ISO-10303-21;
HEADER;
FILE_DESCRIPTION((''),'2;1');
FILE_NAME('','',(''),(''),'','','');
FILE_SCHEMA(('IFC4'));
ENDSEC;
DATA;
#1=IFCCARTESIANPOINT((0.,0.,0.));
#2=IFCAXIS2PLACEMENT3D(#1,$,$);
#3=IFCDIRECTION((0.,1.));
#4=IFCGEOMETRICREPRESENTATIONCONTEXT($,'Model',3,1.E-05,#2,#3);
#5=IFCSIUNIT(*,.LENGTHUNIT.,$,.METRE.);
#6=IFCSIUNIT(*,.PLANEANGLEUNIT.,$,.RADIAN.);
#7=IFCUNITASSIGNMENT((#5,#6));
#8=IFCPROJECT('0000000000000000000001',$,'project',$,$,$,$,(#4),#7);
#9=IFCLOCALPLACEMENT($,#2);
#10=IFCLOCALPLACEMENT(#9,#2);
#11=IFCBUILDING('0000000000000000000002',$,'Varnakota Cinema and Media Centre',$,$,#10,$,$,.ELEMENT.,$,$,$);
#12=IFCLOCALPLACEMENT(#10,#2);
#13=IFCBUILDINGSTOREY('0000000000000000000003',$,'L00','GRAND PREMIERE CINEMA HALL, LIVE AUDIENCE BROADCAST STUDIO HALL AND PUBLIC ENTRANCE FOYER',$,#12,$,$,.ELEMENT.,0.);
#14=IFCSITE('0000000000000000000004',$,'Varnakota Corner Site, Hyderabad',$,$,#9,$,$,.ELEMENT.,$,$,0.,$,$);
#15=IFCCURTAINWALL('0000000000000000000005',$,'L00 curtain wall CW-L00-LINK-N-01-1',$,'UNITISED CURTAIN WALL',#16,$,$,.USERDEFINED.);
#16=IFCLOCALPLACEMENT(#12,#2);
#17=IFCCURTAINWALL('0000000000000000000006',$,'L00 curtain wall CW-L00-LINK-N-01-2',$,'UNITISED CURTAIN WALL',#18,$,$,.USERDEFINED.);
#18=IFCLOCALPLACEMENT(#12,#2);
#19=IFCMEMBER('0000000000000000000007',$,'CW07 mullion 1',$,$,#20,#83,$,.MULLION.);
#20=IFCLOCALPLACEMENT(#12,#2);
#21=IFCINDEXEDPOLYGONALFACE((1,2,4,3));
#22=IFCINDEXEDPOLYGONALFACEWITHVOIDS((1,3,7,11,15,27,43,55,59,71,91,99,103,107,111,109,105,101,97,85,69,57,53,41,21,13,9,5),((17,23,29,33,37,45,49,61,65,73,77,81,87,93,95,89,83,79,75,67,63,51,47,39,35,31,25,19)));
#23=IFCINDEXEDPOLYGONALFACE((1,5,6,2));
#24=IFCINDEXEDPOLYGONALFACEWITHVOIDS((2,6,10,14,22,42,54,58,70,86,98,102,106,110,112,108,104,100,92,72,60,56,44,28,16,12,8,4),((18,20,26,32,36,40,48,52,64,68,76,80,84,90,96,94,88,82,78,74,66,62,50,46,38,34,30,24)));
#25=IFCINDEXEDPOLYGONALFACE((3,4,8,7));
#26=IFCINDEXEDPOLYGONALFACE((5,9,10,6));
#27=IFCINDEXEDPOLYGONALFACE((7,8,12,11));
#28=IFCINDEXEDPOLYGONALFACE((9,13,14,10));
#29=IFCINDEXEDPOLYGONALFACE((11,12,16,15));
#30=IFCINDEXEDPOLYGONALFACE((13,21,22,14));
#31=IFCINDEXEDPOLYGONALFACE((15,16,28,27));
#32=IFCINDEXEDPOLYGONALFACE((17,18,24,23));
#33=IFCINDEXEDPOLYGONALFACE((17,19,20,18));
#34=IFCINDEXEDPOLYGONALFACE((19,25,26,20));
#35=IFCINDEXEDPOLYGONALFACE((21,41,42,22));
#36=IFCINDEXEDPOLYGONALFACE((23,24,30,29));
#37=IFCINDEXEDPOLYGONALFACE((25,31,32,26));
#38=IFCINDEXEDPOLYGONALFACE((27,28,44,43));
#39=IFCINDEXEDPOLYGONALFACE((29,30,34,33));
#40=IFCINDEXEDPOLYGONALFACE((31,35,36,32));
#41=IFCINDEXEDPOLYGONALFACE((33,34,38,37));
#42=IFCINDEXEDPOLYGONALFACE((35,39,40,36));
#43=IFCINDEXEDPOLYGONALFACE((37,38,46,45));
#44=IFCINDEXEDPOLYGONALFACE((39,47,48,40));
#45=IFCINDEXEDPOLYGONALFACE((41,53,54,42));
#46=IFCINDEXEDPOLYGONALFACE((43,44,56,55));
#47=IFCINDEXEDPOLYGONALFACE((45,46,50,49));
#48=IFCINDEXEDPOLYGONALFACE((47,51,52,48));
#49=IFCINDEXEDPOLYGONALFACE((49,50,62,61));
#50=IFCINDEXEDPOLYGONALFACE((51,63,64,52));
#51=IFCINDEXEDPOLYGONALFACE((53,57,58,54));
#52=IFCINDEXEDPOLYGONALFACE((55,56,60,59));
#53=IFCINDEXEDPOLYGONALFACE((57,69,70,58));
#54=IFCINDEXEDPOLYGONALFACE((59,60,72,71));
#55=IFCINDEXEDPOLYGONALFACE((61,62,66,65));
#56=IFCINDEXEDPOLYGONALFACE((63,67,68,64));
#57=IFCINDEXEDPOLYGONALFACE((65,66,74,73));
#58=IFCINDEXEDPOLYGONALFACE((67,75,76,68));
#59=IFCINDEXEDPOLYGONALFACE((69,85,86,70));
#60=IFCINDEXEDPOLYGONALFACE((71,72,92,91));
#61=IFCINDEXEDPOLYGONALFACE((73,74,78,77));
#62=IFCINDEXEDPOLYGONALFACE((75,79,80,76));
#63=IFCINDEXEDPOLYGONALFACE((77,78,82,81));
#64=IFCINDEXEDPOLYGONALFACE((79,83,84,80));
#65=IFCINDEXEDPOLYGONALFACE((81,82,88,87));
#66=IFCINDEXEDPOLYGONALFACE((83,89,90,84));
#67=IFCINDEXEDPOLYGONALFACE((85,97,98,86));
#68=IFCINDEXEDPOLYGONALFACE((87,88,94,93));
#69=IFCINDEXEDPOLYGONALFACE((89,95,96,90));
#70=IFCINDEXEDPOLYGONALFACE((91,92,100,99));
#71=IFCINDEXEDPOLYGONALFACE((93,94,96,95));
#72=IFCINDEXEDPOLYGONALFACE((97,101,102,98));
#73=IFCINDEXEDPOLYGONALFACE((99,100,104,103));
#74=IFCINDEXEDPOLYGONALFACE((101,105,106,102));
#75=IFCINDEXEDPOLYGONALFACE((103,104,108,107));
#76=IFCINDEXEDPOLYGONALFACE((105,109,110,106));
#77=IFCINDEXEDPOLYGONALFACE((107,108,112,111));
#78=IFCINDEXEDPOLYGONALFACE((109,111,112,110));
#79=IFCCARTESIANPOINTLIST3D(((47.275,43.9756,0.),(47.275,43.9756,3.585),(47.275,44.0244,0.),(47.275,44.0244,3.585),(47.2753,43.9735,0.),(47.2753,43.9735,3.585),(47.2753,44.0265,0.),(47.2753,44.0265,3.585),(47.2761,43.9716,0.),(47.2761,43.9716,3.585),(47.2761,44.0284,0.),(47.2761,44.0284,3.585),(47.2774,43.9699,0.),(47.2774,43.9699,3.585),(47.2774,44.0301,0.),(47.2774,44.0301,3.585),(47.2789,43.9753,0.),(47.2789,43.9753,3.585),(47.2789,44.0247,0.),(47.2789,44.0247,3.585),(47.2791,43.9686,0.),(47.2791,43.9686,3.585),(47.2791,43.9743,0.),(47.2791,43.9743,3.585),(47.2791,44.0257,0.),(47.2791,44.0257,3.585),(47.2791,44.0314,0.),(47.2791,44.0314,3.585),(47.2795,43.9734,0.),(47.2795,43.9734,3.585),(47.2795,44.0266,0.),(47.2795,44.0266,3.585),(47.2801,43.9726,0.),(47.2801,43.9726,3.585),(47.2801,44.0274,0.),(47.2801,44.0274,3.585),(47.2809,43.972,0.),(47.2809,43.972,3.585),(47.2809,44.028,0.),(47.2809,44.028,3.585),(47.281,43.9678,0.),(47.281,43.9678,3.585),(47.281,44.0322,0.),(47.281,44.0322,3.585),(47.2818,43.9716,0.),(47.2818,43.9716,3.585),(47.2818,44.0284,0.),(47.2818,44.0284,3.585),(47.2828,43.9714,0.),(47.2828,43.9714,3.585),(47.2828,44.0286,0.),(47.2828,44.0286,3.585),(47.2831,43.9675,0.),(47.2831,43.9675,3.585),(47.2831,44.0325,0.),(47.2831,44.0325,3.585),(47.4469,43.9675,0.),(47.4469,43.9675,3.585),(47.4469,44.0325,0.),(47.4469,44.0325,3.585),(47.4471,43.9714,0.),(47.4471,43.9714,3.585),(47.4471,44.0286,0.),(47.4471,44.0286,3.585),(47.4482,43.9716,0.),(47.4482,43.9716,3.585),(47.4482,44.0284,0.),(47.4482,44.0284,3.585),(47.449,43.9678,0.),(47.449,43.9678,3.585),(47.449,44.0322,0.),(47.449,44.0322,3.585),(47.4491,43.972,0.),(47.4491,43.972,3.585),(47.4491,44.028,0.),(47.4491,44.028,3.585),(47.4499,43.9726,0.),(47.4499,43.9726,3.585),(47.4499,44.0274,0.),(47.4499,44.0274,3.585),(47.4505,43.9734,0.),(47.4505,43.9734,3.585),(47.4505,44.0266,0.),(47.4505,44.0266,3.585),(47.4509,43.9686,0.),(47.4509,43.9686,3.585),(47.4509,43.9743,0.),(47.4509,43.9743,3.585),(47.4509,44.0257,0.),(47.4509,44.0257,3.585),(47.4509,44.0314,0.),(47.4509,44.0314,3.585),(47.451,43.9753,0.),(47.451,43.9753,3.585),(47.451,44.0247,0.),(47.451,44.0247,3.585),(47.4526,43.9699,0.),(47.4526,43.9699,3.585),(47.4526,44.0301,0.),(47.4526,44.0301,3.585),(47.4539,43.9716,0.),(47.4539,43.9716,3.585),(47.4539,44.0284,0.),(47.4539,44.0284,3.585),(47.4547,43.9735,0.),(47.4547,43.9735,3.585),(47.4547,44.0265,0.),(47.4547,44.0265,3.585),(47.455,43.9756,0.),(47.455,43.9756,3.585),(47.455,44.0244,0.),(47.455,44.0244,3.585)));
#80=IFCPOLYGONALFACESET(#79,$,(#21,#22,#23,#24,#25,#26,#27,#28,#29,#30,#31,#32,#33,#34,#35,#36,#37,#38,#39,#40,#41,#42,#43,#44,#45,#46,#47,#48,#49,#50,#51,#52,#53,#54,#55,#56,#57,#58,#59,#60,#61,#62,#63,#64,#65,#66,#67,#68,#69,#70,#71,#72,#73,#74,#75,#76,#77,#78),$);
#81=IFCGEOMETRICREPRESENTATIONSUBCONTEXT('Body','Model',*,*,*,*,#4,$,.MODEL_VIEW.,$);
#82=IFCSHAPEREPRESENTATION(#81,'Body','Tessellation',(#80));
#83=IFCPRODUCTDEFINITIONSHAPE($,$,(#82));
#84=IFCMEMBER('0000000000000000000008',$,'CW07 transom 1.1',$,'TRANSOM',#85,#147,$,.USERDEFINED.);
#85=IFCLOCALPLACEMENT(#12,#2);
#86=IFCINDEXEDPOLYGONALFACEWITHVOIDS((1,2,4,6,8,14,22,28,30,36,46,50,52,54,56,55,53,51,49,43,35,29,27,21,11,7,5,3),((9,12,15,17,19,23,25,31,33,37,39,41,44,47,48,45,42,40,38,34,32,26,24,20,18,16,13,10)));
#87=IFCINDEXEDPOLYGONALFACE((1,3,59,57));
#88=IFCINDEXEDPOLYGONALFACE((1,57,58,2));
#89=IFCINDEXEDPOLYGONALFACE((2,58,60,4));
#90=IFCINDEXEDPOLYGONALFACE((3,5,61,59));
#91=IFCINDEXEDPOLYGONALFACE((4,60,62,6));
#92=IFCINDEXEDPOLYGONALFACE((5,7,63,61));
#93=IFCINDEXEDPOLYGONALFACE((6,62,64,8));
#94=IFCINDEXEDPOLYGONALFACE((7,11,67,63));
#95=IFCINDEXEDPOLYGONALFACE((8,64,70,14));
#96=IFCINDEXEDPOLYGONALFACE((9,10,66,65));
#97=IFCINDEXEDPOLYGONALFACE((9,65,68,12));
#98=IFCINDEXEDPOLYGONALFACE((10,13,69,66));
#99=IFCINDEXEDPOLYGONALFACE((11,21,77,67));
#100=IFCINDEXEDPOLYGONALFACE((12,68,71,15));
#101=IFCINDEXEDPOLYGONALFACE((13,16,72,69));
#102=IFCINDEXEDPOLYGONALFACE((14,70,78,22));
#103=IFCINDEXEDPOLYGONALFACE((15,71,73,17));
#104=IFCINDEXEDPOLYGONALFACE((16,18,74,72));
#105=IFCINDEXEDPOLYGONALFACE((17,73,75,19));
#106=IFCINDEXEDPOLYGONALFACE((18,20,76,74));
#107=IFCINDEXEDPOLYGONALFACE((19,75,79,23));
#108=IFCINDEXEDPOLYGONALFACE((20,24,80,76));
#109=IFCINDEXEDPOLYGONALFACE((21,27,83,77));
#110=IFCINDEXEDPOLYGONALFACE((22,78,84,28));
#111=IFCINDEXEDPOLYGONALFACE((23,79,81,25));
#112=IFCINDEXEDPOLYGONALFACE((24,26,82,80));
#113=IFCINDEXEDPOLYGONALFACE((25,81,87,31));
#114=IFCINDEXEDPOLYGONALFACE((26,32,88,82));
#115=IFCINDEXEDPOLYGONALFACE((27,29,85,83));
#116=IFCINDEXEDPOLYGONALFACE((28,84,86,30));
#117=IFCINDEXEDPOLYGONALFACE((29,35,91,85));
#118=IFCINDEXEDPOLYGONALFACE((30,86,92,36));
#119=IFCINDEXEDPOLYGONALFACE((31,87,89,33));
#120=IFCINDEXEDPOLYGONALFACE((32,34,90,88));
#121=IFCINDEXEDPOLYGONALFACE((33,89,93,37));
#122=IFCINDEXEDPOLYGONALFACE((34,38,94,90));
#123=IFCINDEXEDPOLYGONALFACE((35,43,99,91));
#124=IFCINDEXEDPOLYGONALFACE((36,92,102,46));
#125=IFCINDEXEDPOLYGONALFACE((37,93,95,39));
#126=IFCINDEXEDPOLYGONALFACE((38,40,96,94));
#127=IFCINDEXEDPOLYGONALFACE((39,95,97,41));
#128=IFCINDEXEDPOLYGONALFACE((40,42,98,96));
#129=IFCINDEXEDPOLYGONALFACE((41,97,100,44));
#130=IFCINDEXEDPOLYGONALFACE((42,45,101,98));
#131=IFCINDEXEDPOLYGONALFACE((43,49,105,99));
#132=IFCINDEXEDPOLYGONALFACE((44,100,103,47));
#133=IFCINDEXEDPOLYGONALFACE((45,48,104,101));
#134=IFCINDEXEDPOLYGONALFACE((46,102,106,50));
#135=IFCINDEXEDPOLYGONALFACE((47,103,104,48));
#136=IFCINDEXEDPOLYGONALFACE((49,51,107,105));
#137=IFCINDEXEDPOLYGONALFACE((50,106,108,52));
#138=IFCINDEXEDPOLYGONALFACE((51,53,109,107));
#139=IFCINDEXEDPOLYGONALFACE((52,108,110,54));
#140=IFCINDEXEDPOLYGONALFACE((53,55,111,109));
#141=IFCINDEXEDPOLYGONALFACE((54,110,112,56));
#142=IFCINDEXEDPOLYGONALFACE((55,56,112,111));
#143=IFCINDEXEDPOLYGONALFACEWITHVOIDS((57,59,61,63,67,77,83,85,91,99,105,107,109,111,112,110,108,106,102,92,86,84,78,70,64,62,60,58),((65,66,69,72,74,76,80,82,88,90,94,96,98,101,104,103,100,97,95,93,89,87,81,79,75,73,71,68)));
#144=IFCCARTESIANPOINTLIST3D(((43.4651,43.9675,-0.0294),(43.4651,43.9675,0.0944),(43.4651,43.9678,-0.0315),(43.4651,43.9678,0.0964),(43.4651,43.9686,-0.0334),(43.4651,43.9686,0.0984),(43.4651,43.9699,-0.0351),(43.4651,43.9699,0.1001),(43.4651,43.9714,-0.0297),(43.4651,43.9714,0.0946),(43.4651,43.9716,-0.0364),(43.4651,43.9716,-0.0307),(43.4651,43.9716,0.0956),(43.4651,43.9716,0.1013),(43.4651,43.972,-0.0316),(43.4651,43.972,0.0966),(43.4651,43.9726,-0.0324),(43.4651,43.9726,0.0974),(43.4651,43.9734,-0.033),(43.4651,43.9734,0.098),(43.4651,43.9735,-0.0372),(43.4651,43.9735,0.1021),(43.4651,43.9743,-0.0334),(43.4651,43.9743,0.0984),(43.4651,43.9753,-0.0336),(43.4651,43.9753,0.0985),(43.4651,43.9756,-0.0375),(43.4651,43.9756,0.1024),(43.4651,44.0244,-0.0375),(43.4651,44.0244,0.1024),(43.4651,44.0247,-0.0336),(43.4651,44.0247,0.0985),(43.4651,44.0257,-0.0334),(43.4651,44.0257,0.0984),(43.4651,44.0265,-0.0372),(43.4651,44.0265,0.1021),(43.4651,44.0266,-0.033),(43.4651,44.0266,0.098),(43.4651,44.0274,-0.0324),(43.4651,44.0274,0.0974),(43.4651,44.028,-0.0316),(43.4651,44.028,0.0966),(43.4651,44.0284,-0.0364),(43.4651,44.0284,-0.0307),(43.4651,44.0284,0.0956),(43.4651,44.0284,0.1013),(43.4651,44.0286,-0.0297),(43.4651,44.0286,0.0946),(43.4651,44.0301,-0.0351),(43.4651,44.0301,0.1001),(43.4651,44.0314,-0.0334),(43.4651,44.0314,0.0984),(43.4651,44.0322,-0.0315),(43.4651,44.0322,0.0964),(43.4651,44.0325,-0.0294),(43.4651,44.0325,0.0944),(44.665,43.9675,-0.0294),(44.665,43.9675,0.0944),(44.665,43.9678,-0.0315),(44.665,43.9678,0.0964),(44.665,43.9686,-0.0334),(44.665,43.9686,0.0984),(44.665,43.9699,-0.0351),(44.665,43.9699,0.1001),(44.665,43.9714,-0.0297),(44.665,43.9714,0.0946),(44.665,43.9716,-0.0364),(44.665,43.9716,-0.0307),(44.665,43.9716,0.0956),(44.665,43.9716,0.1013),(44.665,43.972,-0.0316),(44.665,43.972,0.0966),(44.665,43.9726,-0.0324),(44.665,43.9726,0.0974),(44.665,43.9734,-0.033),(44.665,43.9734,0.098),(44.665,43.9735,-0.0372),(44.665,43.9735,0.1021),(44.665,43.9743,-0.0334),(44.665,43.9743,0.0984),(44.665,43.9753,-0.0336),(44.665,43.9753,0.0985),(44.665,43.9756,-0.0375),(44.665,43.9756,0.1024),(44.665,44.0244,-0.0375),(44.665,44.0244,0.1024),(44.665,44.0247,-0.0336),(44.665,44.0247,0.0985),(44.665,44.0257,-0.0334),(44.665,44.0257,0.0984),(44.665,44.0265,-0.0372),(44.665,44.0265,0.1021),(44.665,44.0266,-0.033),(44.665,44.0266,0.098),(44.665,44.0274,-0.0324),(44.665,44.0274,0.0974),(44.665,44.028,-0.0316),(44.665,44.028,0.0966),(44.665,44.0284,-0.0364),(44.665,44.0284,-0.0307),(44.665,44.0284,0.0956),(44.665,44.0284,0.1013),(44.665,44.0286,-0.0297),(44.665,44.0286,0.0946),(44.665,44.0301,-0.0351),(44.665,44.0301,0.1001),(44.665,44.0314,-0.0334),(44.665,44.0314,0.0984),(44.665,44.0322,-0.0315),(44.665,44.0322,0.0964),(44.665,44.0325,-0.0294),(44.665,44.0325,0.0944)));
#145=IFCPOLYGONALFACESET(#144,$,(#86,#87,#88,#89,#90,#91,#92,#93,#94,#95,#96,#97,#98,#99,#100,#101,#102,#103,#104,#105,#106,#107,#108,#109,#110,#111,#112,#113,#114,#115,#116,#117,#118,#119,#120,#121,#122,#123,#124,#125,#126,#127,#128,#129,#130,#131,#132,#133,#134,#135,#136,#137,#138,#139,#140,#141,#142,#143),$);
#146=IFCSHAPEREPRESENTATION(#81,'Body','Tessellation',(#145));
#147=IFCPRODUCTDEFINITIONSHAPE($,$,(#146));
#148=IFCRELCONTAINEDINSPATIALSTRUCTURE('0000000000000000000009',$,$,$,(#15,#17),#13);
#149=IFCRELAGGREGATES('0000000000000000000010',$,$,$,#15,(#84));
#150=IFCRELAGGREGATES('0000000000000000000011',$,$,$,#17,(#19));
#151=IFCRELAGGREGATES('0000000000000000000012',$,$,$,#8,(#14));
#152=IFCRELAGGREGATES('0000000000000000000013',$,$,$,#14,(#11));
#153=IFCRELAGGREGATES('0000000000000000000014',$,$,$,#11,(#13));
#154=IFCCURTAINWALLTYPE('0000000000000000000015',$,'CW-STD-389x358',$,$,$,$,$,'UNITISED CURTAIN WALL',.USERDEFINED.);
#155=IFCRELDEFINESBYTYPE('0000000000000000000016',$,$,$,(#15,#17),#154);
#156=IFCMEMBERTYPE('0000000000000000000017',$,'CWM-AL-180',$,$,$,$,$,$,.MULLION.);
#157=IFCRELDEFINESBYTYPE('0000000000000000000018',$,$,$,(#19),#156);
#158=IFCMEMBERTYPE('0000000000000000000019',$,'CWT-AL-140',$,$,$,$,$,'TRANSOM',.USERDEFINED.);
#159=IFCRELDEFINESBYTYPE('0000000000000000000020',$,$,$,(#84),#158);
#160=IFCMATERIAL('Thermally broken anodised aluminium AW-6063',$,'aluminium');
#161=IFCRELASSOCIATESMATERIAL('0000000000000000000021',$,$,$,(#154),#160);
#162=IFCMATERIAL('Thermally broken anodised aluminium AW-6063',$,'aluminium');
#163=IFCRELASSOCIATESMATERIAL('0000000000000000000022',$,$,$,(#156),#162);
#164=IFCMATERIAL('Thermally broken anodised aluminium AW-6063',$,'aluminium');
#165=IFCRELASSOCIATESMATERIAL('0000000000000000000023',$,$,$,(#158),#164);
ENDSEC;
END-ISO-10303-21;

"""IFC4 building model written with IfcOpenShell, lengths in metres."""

from ifc_helpers import new_model, si_unit, direction, frame, origin, origin_2d, place, context, subcontext, project, spatial, hollow_rectangle, extrude, material, material_profile, profile_set, type_object, element, aggregate, save


model = new_model("IFC4")

# Units and contexts
model_context = context("Model", 3, precision=1e-05, world=origin(), true_north=direction((0.0, 1.0)))
body_context = subcontext(model_context, "Body", "Model", "MODEL_VIEW")
ifc_project = project(units=[si_unit("LENGTHUNIT", "METRE"), si_unit("PLANEANGLEUNIT", "RADIAN")], contexts=[model_context])

# Site, building, storey
site_placement = place(None, origin())
site = spatial("IfcSite", under=ifc_project, at=site_placement, Name="Varnakota Corner Site, Hyderabad", CompositionType="ELEMENT", RefElevation=0.0)
building_placement = place(site_placement, origin())
building = spatial("IfcBuilding", under=site, at=building_placement, Name="Varnakota Cinema and Media Centre", CompositionType="ELEMENT")
storey_placement = place(building_placement, origin())
storey = spatial("IfcBuildingStorey", under=building, at=storey_placement, Name="L00", Description="GRAND PREMIERE CINEMA HALL, LIVE AUDIENCE BROADCAST STUDIO HALL AND PUBLIC ENTRANCE FOYER", CompositionType="ELEMENT", Elevation=0.0)

# Curtain wall
ifc_material_1 = material(Name="Thermally broken anodised aluminium AW-6063", Category="aluminium")
curtain_wall_type = type_object("IfcCurtainWallType", Name="CW-STD-389x358", ElementType="UNITISED CURTAIN WALL", PredefinedType="USERDEFINED", material=ifc_material_1)
curtain_wall_1_placement = place(storey_placement, origin())
curtain_wall_1 = element("IfcCurtainWall", 1, at=curtain_wall_1_placement, inside=storey, type_object=curtain_wall_type, Name="L00 curtain wall CW-L00-LINK-N-01-1", ObjectType="UNITISED CURTAIN WALL", PredefinedType="USERDEFINED")
ifc_material_2 = material(Name="Thermally broken anodised aluminium AW-6063", Category="aluminium")
ifc_material_profile_1 = material_profile(ifc_material_2, hollow_rectangle(XDim=0.0649, YDim=0.1799, WallThickness=0.0039, InnerFilletRadius=0.0039, OuterFilletRadius=0.0081, at=origin_2d()), Name="AL-MULLION 180x65x4")
ifc_profile_set_1 = profile_set([ifc_material_profile_1], Name="Thermally broken anodised aluminium AW-6063")
member_type_1 = type_object("IfcMemberType", Name="CWM-AL-180", PredefinedType="MULLION", material=ifc_profile_set_1)

# Curtain wall, member
curtain_wall_2_placement = place(storey_placement, origin())
curtain_wall_2 = element("IfcCurtainWall", 2, at=curtain_wall_2_placement, inside=storey, type_object=curtain_wall_type, Name="L00 curtain wall CW-L00-LINK-N-01-2", ObjectType="UNITISED CURTAIN WALL", PredefinedType="USERDEFINED")
member_1_placement = place(storey_placement, frame((47.365, 44.0, 0.0), z_axis=(0.0, 0.0, 1.0), x_axis=(0.0, 1.0, 0.0)))
member_1 = element("IfcMember", 3, at=member_1_placement, type_object=member_type_1, Name="CW07 mullion 1", PredefinedType="MULLION", context=body_context, shape_type="SweptSolid", body=[
    extrude(hollow_rectangle(XDim=0.0649, YDim=0.1799, WallThickness=0.0039, InnerFilletRadius=0.0039, OuterFilletRadius=0.0081, at=origin_2d()), origin(), (0.0, 0.0, 1.0), 3.585),
])

# Member
ifc_material_3 = material(Name="Thermally broken anodised aluminium AW-6063", Category="aluminium")
ifc_material_profile_2 = material_profile(ifc_material_3, hollow_rectangle(XDim=0.0649, YDim=0.1399, WallThickness=0.0039, InnerFilletRadius=0.0039, OuterFilletRadius=0.0081, at=origin_2d()), Name="AL-TRANSOM 140x65x4")
ifc_profile_set_2 = profile_set([ifc_material_profile_2], Name="Thermally broken anodised aluminium AW-6063")
member_type_2 = type_object("IfcMemberType", Name="CWT-AL-140", ElementType="TRANSOM", PredefinedType="USERDEFINED", material=ifc_profile_set_2)
member_2_placement = place(storey_placement, frame((43.4651, 44.0, 0.0325), z_axis=(1.0, 0.0, 0.0), x_axis=(0.0, 1.0, 0.0)))
member_2 = element("IfcMember", 4, at=member_2_placement, type_object=member_type_2, Name="CW07 transom 1.1", ObjectType="TRANSOM", PredefinedType="USERDEFINED", context=body_context, shape_type="SweptSolid", body=[
    extrude(hollow_rectangle(XDim=0.0649, YDim=0.1399, WallThickness=0.0039, InnerFilletRadius=0.0039, OuterFilletRadius=0.0081, at=origin_2d()), origin(), (0.0, 0.0, 1.0), 1.2),
])

aggregate(curtain_wall_1, [member_2])
aggregate(curtain_wall_2, [member_1])

save(model, "model.ifc")
